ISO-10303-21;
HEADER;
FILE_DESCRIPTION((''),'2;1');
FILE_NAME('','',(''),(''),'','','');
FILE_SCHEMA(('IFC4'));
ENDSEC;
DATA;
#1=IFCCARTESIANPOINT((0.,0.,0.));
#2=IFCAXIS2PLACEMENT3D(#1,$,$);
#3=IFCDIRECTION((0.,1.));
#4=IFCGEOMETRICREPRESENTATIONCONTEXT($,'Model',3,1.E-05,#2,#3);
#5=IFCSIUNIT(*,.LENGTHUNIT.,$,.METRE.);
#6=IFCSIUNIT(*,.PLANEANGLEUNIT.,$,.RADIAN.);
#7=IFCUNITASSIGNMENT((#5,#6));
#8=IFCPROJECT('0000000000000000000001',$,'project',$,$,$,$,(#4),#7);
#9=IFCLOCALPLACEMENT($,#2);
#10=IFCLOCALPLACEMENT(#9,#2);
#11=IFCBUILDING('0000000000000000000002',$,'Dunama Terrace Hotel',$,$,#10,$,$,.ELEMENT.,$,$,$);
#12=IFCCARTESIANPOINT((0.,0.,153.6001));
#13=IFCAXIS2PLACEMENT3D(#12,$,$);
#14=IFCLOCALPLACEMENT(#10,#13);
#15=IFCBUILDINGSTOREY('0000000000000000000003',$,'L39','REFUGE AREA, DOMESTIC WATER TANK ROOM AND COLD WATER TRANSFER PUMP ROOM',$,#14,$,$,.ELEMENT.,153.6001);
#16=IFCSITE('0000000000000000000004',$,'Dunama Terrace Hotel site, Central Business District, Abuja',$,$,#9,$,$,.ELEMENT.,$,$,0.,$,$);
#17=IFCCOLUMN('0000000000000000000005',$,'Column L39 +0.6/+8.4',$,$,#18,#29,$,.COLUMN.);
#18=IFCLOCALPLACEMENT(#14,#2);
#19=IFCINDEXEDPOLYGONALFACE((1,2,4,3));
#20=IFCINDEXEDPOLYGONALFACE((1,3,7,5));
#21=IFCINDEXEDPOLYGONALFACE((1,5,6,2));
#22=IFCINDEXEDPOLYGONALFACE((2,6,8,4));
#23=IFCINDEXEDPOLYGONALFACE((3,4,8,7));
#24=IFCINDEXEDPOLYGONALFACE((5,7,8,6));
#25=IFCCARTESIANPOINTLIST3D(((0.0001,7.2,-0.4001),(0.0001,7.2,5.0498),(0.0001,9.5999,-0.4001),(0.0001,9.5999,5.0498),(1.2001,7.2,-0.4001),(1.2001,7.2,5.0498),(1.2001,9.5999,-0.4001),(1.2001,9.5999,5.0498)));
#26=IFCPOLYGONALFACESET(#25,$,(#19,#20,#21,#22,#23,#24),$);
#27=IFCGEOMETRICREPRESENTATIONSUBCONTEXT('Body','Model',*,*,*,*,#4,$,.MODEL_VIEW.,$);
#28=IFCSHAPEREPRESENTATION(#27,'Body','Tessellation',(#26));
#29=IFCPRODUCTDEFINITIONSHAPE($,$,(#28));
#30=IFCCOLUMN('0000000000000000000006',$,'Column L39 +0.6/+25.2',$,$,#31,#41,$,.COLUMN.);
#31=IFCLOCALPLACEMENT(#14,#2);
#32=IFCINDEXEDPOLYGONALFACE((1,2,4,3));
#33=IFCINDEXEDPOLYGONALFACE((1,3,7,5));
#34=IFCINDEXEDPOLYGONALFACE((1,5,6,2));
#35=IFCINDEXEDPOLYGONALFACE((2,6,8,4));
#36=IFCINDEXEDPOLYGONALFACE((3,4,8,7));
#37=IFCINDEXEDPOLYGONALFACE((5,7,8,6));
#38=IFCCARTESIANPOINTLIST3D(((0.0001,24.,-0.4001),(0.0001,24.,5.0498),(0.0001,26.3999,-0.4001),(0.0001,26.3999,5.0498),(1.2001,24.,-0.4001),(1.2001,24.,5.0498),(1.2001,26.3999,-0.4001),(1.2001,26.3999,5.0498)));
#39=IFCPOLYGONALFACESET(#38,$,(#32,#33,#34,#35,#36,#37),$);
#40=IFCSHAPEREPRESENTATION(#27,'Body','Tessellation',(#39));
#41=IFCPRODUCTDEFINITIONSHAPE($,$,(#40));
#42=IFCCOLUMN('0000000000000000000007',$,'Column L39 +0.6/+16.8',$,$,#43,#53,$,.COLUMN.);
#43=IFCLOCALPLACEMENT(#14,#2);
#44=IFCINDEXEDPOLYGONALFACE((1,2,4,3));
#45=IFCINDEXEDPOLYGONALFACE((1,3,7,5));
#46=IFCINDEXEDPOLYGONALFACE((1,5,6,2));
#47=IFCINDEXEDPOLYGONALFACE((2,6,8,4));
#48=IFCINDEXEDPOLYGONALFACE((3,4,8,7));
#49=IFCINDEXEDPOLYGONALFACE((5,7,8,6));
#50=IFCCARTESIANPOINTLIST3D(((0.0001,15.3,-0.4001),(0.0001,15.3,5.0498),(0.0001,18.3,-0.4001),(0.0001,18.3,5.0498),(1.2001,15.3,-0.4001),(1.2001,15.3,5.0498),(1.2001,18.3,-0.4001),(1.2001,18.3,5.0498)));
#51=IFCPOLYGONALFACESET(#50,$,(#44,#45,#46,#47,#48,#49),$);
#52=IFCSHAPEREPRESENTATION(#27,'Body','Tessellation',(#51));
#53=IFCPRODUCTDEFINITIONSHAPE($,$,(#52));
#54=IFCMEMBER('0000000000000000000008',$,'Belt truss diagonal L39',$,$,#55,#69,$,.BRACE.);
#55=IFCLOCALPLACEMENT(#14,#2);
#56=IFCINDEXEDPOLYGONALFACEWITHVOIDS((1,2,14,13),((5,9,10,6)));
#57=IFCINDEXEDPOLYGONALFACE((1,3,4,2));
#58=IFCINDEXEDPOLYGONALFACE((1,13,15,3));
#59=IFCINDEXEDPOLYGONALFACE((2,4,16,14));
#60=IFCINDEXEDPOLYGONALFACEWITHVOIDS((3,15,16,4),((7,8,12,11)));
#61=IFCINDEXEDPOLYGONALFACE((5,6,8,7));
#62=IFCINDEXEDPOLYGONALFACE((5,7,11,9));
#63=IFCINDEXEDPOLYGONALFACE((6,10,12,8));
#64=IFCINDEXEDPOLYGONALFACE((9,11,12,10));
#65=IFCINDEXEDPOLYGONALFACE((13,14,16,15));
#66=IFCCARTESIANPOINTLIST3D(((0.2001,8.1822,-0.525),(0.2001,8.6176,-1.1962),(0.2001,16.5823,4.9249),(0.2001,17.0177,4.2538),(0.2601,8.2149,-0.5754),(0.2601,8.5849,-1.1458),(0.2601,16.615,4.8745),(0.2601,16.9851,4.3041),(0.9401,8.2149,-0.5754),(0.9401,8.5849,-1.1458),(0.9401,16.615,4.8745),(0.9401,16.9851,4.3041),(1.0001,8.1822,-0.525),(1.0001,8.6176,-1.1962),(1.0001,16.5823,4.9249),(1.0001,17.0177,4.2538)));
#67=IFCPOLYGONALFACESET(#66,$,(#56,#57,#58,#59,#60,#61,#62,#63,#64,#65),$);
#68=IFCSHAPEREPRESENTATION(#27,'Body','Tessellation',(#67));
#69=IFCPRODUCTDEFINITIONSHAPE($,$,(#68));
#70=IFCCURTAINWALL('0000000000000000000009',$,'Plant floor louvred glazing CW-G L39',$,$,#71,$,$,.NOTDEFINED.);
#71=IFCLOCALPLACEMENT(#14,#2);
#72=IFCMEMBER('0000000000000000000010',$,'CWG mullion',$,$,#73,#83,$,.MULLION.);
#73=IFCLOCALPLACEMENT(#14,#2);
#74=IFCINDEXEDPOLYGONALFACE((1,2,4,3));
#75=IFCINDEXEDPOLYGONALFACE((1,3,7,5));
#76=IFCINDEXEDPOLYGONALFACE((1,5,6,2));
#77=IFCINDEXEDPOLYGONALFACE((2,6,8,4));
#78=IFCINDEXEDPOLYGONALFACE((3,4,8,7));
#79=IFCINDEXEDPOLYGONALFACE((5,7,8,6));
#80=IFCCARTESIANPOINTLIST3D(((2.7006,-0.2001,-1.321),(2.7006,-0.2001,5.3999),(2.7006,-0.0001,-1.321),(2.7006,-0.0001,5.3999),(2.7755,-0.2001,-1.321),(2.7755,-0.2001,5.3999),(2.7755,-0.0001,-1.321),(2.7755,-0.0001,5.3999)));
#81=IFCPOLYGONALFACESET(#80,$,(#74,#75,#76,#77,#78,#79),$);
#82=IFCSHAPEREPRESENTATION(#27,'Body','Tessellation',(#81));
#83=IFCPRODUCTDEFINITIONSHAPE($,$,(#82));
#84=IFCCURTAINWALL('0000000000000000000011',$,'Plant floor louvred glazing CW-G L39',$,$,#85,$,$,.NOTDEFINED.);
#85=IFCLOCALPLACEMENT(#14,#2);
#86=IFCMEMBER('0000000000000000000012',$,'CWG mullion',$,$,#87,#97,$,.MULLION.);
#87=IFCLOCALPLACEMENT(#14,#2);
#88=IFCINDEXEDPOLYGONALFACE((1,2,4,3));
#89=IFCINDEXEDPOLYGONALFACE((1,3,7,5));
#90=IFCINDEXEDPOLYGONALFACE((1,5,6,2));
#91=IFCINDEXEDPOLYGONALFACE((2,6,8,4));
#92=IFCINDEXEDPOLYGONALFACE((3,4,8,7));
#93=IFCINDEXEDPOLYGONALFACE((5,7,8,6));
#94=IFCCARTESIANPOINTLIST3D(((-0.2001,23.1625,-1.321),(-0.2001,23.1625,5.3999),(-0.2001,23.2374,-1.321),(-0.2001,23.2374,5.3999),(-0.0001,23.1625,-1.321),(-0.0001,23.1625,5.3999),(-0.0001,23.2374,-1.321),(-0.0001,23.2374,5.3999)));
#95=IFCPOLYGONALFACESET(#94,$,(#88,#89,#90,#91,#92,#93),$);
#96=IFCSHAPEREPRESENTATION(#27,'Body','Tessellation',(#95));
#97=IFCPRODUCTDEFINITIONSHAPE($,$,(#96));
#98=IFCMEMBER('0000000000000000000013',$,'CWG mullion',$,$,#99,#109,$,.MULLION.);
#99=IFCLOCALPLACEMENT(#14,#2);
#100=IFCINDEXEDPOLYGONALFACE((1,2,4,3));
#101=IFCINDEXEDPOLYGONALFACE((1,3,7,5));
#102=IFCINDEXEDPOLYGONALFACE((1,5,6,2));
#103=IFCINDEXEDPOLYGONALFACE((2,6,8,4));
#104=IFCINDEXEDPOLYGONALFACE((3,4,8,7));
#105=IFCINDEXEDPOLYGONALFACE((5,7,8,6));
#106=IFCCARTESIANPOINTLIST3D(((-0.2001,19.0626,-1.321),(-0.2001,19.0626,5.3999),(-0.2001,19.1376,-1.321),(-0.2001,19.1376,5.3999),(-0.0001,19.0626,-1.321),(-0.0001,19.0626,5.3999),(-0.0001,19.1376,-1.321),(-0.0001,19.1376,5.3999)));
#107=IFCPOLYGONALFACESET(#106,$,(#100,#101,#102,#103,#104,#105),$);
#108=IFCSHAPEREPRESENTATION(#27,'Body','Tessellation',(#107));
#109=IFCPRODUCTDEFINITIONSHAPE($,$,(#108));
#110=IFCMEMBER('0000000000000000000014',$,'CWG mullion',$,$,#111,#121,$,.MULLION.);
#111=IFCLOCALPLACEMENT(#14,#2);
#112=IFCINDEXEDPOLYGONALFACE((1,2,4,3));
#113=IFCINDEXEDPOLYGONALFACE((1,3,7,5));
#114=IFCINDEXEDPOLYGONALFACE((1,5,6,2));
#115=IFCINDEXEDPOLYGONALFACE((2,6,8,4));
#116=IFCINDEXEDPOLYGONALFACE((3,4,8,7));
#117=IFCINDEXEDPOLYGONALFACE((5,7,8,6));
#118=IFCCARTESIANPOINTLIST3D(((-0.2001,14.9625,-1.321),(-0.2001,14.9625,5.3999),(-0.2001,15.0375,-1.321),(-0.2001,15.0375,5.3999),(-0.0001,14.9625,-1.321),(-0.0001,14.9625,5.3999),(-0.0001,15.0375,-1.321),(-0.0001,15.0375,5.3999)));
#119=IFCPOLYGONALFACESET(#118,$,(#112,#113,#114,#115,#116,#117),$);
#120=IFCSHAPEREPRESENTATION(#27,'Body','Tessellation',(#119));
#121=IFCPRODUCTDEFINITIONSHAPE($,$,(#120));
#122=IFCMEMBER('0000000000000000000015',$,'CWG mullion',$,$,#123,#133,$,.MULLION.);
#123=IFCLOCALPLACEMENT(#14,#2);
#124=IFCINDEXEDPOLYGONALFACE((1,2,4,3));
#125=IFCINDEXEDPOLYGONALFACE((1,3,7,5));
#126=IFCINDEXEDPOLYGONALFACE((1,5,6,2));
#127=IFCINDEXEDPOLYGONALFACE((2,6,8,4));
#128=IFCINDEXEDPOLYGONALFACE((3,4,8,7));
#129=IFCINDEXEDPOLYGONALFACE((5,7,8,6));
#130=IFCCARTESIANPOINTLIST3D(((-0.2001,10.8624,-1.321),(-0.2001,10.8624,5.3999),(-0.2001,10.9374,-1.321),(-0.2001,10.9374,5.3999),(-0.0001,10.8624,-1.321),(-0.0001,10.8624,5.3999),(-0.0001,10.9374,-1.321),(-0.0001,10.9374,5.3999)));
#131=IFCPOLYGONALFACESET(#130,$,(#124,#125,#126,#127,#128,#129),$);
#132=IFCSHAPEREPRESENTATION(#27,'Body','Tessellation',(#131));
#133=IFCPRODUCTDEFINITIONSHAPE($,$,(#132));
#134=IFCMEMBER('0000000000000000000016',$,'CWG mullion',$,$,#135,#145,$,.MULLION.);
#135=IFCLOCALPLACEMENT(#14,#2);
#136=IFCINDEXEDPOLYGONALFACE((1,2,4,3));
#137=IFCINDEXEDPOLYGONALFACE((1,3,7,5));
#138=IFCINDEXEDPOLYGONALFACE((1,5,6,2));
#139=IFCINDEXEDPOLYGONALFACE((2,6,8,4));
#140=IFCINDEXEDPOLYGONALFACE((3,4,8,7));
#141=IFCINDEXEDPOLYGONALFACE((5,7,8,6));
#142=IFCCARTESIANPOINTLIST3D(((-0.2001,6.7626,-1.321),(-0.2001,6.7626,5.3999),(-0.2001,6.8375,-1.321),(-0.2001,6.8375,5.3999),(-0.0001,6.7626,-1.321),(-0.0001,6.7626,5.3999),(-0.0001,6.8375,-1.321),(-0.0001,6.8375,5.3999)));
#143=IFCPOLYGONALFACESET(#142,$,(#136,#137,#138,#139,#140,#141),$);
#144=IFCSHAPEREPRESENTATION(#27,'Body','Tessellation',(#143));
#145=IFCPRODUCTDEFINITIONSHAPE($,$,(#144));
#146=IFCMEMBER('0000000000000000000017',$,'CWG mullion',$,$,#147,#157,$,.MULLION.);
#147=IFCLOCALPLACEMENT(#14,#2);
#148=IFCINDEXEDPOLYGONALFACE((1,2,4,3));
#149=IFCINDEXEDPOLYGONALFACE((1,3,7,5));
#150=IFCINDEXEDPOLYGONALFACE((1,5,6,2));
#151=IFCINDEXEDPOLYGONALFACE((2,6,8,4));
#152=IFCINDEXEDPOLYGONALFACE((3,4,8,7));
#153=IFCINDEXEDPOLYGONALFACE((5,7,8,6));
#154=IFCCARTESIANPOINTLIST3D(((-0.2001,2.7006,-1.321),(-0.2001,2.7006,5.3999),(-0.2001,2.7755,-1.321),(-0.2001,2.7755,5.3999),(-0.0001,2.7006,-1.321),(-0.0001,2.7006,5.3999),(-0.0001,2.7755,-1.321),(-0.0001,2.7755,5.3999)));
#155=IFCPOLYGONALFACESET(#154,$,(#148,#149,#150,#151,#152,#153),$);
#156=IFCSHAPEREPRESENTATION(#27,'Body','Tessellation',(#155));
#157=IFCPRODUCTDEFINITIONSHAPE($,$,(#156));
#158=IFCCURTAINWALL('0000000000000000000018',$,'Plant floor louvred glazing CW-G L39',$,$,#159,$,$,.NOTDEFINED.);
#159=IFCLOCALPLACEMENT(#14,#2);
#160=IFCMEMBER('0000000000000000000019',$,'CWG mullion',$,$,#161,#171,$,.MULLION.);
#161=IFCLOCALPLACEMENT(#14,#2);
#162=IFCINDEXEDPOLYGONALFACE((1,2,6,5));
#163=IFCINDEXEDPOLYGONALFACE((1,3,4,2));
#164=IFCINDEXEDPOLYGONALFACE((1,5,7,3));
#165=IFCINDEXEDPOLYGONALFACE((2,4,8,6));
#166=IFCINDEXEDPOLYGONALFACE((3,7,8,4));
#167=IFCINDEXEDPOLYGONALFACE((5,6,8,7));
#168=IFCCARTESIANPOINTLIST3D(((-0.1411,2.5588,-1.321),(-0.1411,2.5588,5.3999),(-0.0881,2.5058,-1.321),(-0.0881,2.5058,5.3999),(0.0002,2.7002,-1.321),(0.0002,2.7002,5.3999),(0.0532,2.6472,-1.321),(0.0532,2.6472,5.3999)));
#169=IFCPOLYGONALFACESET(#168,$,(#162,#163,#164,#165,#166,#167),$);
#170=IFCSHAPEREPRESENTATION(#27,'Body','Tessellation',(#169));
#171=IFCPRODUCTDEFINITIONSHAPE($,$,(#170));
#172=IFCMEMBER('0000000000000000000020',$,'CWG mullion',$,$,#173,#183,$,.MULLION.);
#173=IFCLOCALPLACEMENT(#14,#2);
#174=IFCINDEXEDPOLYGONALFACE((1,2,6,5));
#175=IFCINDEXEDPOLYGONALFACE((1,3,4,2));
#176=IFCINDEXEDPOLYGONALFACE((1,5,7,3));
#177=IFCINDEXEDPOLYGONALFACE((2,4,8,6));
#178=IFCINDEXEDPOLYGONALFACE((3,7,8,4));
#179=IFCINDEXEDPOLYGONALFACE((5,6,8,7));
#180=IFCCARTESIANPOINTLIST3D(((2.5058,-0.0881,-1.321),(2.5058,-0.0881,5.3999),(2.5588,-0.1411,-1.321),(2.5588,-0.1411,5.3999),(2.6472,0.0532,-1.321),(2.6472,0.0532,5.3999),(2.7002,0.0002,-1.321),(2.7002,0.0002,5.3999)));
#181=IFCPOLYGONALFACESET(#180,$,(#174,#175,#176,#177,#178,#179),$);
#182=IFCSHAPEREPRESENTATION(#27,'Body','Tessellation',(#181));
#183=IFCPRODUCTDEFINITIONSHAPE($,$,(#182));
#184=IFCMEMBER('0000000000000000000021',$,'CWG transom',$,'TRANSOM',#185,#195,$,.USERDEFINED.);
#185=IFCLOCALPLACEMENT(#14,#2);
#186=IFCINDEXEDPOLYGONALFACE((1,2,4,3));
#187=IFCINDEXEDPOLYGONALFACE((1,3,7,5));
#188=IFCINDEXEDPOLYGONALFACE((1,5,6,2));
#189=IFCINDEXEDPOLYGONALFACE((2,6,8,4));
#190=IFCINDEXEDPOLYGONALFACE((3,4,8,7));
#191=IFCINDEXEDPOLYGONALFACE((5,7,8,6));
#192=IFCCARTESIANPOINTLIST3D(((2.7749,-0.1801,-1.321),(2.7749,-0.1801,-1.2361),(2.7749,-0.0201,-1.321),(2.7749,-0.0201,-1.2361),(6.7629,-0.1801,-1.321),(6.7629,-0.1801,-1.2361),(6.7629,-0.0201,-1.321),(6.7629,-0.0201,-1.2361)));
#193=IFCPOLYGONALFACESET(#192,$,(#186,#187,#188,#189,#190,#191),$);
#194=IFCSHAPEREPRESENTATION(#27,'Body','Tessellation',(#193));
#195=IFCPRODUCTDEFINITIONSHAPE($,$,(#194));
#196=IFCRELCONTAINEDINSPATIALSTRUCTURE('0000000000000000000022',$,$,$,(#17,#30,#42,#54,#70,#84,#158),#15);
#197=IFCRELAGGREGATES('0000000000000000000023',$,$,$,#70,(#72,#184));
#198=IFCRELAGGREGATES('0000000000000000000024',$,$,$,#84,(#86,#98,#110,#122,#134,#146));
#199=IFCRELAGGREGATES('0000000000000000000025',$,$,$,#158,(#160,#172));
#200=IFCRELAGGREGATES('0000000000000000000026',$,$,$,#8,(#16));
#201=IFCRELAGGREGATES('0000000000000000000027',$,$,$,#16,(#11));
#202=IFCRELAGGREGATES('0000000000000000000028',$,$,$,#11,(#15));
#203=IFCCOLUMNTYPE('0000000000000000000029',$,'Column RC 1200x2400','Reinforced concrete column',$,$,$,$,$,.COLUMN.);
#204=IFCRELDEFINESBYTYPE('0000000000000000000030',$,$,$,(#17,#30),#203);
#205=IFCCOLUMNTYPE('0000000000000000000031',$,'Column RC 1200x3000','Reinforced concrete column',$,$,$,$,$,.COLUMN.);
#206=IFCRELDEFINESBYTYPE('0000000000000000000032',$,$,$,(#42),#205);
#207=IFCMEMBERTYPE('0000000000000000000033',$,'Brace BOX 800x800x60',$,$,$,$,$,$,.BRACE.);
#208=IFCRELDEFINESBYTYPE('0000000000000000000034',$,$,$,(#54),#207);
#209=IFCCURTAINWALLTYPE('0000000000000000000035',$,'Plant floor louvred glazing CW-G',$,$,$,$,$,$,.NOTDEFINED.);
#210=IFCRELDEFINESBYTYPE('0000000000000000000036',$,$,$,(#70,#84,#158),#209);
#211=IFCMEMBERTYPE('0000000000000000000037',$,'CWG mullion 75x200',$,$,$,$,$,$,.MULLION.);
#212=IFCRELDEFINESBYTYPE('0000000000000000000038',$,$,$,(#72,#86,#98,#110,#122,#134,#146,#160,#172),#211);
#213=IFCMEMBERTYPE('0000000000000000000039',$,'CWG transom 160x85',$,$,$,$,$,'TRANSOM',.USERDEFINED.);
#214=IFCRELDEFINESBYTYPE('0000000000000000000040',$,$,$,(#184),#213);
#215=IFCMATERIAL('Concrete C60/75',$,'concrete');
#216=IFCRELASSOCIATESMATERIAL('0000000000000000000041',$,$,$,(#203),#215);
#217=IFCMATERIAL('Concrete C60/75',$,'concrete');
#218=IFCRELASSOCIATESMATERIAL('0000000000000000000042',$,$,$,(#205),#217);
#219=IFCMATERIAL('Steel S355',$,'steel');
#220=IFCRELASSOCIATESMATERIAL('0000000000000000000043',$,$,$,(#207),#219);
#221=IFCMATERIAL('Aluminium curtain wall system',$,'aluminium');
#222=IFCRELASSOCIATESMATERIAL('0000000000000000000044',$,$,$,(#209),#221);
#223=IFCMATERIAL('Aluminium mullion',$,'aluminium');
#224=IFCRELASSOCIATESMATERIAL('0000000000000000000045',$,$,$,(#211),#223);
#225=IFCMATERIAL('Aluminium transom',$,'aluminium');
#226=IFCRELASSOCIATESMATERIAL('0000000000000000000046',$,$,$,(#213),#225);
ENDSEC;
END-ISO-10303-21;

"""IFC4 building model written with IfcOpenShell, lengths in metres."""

from ifc_helpers import new_model, si_unit, direction, frame, origin, origin_2d, place, context, subcontext, project, spatial, rectangle, hollow_rectangle, extrude, material, material_profile, profile_set, type_object, element, aggregate, save


model = new_model("IFC4")

# Units and contexts
model_context = context("Model", 3, precision=1e-05, world=origin(), true_north=direction((0.0, 1.0)))
body_context = subcontext(model_context, "Body", "Model", "MODEL_VIEW")
ifc_project = project(units=[si_unit("LENGTHUNIT", "METRE"), si_unit("PLANEANGLEUNIT", "RADIAN")], contexts=[model_context])

# Site, building, storey
site_placement = place(None, origin())
site = spatial("IfcSite", under=ifc_project, at=site_placement, Name="Dunama Terrace Hotel site, Central Business District, Abuja", CompositionType="ELEMENT", RefElevation=0.0)
building_placement = place(site_placement, origin())
building = spatial("IfcBuilding", under=site, at=building_placement, Name="Dunama Terrace Hotel", CompositionType="ELEMENT")
storey_placement = place(building_placement, frame((0.0, 0.0, 153.6001)))
storey = spatial("IfcBuildingStorey", under=building, at=storey_placement, Name="L39", Description="REFUGE AREA, DOMESTIC WATER TANK ROOM AND COLD WATER TRANSFER PUMP ROOM", CompositionType="ELEMENT", Elevation=153.6001)

# Columns
ifc_material_1 = material(Name="Concrete C60/75", Category="concrete")
ifc_material_profile_1 = material_profile(ifc_material_1, rectangle(XDim=1.2, YDim=2.3999, at=origin_2d()), Name="RC 1200x2400")
ifc_profile_set_1 = profile_set([ifc_material_profile_1], Name="Concrete C60/75")
column_type_1 = type_object("IfcColumnType", Name="Column RC 1200x2400", Description="Reinforced concrete column", PredefinedType="COLUMN", material=ifc_profile_set_1)
for number, where, z_axis, x_axis, name in (
    (1, (0.6001, 8.3999, -0.4001), (0.0, 0.0, 1.0), (1.0, 0.0, 0.0), "Column L39 +0.6/+8.4"),
    (2, (0.6001, 25.2, -0.4001), (0.0, 0.0, 1.0), (1.0, 0.0, 0.0), "Column L39 +0.6/+25.2"),
):
    element("IfcColumn", number, at=place(storey_placement, frame(where, z_axis=z_axis, x_axis=x_axis)), inside=storey, type_object=column_type_1, Name=name, PredefinedType="COLUMN", context=body_context, shape_type="SweptSolid", body=[
        extrude(rectangle(XDim=1.2, YDim=2.3999, at=origin_2d()), origin(), (0.0, 0.0, 1.0), 5.45),
    ])
ifc_material_2 = material(Name="Concrete C60/75", Category="concrete")
ifc_material_profile_2 = material_profile(ifc_material_2, rectangle(XDim=1.2, YDim=3.0, at=origin_2d()), Name="RC 1200x3000")
ifc_profile_set_2 = profile_set([ifc_material_profile_2], Name="Concrete C60/75")
column_type_2 = type_object("IfcColumnType", Name="Column RC 1200x3000", Description="Reinforced concrete column", PredefinedType="COLUMN", material=ifc_profile_set_2)
column_placement = place(storey_placement, frame((0.6001, 16.8, -0.4001), z_axis=(0.0, 0.0, 1.0), x_axis=(1.0, 0.0, 0.0)))
element("IfcColumn", 3, at=column_placement, inside=storey, type_object=column_type_2, Name="Column L39 +0.6/+16.8", PredefinedType="COLUMN", context=body_context, shape_type="SweptSolid", body=[
    extrude(rectangle(XDim=1.2, YDim=3.0, at=origin_2d()), origin(), (0.0, 0.0, 1.0), 5.45),
])

# Member
ifc_material_3 = material(Name="Steel S355", Category="steel")
ifc_material_profile_3 = material_profile(ifc_material_3, hollow_rectangle(XDim=0.8, YDim=0.8, WallThickness=0.0601, at=origin_2d()), Name="BOX 800x800x60")
ifc_profile_set_3 = profile_set([ifc_material_profile_3], Name="Steel S355")
member_type_1 = type_object("IfcMemberType", Name="Brace BOX 800x800x60", PredefinedType="BRACE", material=ifc_profile_set_3)
member_1_placement = place(storey_placement, frame((0.6001, 8.3999, -0.8606), z_axis=(0.0, 0.838906, 0.544276), x_axis=(-1.0, 0.0, 0.0)))
element("IfcMember", 4, at=member_1_placement, inside=storey, type_object=member_type_1, Name="Belt truss diagonal L39", PredefinedType="BRACE", context=body_context, shape_type="SweptSolid", body=[
    extrude(hollow_rectangle(XDim=0.8, YDim=0.8, WallThickness=0.0601, at=origin_2d()), origin(), (0.0, 0.0, 1.0), 10.0132),
])

# Curtain wall, member
ifc_material_4 = material(Name="Aluminium curtain wall system", Category="aluminium")
curtain_wall_type = type_object("IfcCurtainWallType", Name="Plant floor louvred glazing CW-G", PredefinedType="NOTDEFINED", material=ifc_material_4)
curtain_wall_1_placement = place(storey_placement, origin())
curtain_wall_1 = element("IfcCurtainWall", 5, at=curtain_wall_1_placement, inside=storey, type_object=curtain_wall_type, Name="Plant floor louvred glazing CW-G L39", PredefinedType="NOTDEFINED")
ifc_material_5 = material(Name="Aluminium mullion", Category="aluminium")
ifc_material_profile_4 = material_profile(ifc_material_5, rectangle(XDim=0.075, YDim=0.2, at=origin_2d()), Name="CWG MULLION 75X200")
ifc_profile_set_4 = profile_set([ifc_material_profile_4], Name="Aluminium mullion")
member_type_2 = type_object("IfcMemberType", Name="CWG mullion 75x200", PredefinedType="MULLION", material=ifc_profile_set_4)
member_2_placement = place(storey_placement, frame((2.738, -0.1001, -1.321), z_axis=(0.0, 0.0, 1.0), x_axis=(1.0, 0.0, 0.0)))
member_2 = element("IfcMember", 6, at=member_2_placement, type_object=member_type_2, Name="CWG mullion", PredefinedType="MULLION", context=body_context, shape_type="SweptSolid", body=[
    extrude(rectangle(XDim=0.075, YDim=0.2, at=origin_2d()), origin(), (0.0, 0.0, 1.0), 6.7209),
])

# Curtain walls, members
curtain_wall_2_placement = place(storey_placement, origin())
curtain_wall_2 = element("IfcCurtainWall", 7, at=curtain_wall_2_placement, inside=storey, type_object=curtain_wall_type, Name="Plant floor louvred glazing CW-G L39", PredefinedType="NOTDEFINED")
member_3_placement = place(storey_placement, frame((-0.1001, 23.2, -1.321), z_axis=(0.0, 0.0, 1.0), x_axis=(0.0, -1.0, 0.0)))
member_3 = element("IfcMember", 8, at=member_3_placement, type_object=member_type_2, Name="CWG mullion", PredefinedType="MULLION", context=body_context, shape_type="SweptSolid", body=[
    extrude(rectangle(XDim=0.075, YDim=0.2, at=origin_2d()), origin(), (0.0, 0.0, 1.0), 6.7209),
])
member_4_placement = place(storey_placement, frame((-0.1001, 19.1001, -1.321), z_axis=(0.0, 0.0, 1.0), x_axis=(0.0, -1.0, 0.0)))
member_4 = element("IfcMember", 9, at=member_4_placement, type_object=member_type_2, Name="CWG mullion", PredefinedType="MULLION", context=body_context, shape_type="SweptSolid", body=[
    extrude(rectangle(XDim=0.075, YDim=0.2, at=origin_2d()), origin(), (0.0, 0.0, 1.0), 6.7209),
])
member_5_placement = place(storey_placement, frame((-0.1001, 15.0, -1.321), z_axis=(0.0, 0.0, 1.0), x_axis=(0.0, -1.0, 0.0)))
member_5 = element("IfcMember", 10, at=member_5_placement, type_object=member_type_2, Name="CWG mullion", PredefinedType="MULLION", context=body_context, shape_type="SweptSolid", body=[
    extrude(rectangle(XDim=0.075, YDim=0.2, at=origin_2d()), origin(), (0.0, 0.0, 1.0), 6.7209),
])
member_6_placement = place(storey_placement, frame((-0.1001, 10.8999, -1.321), z_axis=(0.0, 0.0, 1.0), x_axis=(0.0, -1.0, 0.0)))
member_6 = element("IfcMember", 11, at=member_6_placement, type_object=member_type_2, Name="CWG mullion", PredefinedType="MULLION", context=body_context, shape_type="SweptSolid", body=[
    extrude(rectangle(XDim=0.075, YDim=0.2, at=origin_2d()), origin(), (0.0, 0.0, 1.0), 6.7209),
])
member_7_placement = place(storey_placement, frame((-0.1001, 6.8, -1.321), z_axis=(0.0, 0.0, 1.0), x_axis=(0.0, -1.0, 0.0)))
member_7 = element("IfcMember", 12, at=member_7_placement, type_object=member_type_2, Name="CWG mullion", PredefinedType="MULLION", context=body_context, shape_type="SweptSolid", body=[
    extrude(rectangle(XDim=0.075, YDim=0.2, at=origin_2d()), origin(), (0.0, 0.0, 1.0), 6.7209),
])
member_8_placement = place(storey_placement, frame((-0.1001, 2.738, -1.321), z_axis=(0.0, 0.0, 1.0), x_axis=(0.0, -1.0, 0.0)))
member_8 = element("IfcMember", 13, at=member_8_placement, type_object=member_type_2, Name="CWG mullion", PredefinedType="MULLION", context=body_context, shape_type="SweptSolid", body=[
    extrude(rectangle(XDim=0.075, YDim=0.2, at=origin_2d()), origin(), (0.0, 0.0, 1.0), 6.7209),
])
curtain_wall_3_placement = place(storey_placement, origin())
curtain_wall_3 = element("IfcCurtainWall", 14, at=curtain_wall_3_placement, inside=storey, type_object=curtain_wall_type, Name="Plant floor louvred glazing CW-G L39", PredefinedType="NOTDEFINED")
member_9_placement = place(storey_placement, frame((-0.0439, 2.603, -1.321), z_axis=(0.0, 0.0, 1.0), x_axis=(0.707107, -0.707107, 0.0)))
member_9 = element("IfcMember", 15, at=member_9_placement, type_object=member_type_2, Name="CWG mullion", PredefinedType="MULLION", context=body_context, shape_type="SweptSolid", body=[
    extrude(rectangle(XDim=0.075, YDim=0.2, at=origin_2d()), origin(), (0.0, 0.0, 1.0), 6.7209),
])
member_10_placement = place(storey_placement, frame((2.603, -0.0439, -1.321), z_axis=(0.0, 0.0, 1.0), x_axis=(0.707107, -0.707107, 0.0)))
member_10 = element("IfcMember", 16, at=member_10_placement, type_object=member_type_2, Name="CWG mullion", PredefinedType="MULLION", context=body_context, shape_type="SweptSolid", body=[
    extrude(rectangle(XDim=0.075, YDim=0.2, at=origin_2d()), origin(), (0.0, 0.0, 1.0), 6.7209),
])

# Member
ifc_material_6 = material(Name="Aluminium transom", Category="aluminium")
ifc_material_profile_5 = material_profile(ifc_material_6, rectangle(XDim=0.1599, YDim=0.085, at=origin_2d()), Name="CWG TRANSOM 160X85")
ifc_profile_set_5 = profile_set([ifc_material_profile_5], Name="Aluminium transom")
member_type_3 = type_object("IfcMemberType", Name="CWG transom 160x85", ElementType="TRANSOM", PredefinedType="USERDEFINED", material=ifc_profile_set_5)
member_11_placement = place(storey_placement, frame((2.7749, -0.1001, -1.2786), z_axis=(1.0, 0.0, 0.0), x_axis=(0.0, 1.0, 0.0)))
member_11 = element("IfcMember", 17, at=member_11_placement, type_object=member_type_3, Name="CWG transom", ObjectType="TRANSOM", PredefinedType="USERDEFINED", context=body_context, shape_type="SweptSolid", body=[
    extrude(rectangle(XDim=0.1599, YDim=0.085, at=origin_2d()), origin(), (0.0, 0.0, 1.0), 3.988),
])

aggregate(curtain_wall_1, [member_2, member_11])
aggregate(curtain_wall_2, [member_3, member_4, member_5, member_6, member_7, member_8])
aggregate(curtain_wall_3, [member_9, member_10])

save(model, "model.ifc")
